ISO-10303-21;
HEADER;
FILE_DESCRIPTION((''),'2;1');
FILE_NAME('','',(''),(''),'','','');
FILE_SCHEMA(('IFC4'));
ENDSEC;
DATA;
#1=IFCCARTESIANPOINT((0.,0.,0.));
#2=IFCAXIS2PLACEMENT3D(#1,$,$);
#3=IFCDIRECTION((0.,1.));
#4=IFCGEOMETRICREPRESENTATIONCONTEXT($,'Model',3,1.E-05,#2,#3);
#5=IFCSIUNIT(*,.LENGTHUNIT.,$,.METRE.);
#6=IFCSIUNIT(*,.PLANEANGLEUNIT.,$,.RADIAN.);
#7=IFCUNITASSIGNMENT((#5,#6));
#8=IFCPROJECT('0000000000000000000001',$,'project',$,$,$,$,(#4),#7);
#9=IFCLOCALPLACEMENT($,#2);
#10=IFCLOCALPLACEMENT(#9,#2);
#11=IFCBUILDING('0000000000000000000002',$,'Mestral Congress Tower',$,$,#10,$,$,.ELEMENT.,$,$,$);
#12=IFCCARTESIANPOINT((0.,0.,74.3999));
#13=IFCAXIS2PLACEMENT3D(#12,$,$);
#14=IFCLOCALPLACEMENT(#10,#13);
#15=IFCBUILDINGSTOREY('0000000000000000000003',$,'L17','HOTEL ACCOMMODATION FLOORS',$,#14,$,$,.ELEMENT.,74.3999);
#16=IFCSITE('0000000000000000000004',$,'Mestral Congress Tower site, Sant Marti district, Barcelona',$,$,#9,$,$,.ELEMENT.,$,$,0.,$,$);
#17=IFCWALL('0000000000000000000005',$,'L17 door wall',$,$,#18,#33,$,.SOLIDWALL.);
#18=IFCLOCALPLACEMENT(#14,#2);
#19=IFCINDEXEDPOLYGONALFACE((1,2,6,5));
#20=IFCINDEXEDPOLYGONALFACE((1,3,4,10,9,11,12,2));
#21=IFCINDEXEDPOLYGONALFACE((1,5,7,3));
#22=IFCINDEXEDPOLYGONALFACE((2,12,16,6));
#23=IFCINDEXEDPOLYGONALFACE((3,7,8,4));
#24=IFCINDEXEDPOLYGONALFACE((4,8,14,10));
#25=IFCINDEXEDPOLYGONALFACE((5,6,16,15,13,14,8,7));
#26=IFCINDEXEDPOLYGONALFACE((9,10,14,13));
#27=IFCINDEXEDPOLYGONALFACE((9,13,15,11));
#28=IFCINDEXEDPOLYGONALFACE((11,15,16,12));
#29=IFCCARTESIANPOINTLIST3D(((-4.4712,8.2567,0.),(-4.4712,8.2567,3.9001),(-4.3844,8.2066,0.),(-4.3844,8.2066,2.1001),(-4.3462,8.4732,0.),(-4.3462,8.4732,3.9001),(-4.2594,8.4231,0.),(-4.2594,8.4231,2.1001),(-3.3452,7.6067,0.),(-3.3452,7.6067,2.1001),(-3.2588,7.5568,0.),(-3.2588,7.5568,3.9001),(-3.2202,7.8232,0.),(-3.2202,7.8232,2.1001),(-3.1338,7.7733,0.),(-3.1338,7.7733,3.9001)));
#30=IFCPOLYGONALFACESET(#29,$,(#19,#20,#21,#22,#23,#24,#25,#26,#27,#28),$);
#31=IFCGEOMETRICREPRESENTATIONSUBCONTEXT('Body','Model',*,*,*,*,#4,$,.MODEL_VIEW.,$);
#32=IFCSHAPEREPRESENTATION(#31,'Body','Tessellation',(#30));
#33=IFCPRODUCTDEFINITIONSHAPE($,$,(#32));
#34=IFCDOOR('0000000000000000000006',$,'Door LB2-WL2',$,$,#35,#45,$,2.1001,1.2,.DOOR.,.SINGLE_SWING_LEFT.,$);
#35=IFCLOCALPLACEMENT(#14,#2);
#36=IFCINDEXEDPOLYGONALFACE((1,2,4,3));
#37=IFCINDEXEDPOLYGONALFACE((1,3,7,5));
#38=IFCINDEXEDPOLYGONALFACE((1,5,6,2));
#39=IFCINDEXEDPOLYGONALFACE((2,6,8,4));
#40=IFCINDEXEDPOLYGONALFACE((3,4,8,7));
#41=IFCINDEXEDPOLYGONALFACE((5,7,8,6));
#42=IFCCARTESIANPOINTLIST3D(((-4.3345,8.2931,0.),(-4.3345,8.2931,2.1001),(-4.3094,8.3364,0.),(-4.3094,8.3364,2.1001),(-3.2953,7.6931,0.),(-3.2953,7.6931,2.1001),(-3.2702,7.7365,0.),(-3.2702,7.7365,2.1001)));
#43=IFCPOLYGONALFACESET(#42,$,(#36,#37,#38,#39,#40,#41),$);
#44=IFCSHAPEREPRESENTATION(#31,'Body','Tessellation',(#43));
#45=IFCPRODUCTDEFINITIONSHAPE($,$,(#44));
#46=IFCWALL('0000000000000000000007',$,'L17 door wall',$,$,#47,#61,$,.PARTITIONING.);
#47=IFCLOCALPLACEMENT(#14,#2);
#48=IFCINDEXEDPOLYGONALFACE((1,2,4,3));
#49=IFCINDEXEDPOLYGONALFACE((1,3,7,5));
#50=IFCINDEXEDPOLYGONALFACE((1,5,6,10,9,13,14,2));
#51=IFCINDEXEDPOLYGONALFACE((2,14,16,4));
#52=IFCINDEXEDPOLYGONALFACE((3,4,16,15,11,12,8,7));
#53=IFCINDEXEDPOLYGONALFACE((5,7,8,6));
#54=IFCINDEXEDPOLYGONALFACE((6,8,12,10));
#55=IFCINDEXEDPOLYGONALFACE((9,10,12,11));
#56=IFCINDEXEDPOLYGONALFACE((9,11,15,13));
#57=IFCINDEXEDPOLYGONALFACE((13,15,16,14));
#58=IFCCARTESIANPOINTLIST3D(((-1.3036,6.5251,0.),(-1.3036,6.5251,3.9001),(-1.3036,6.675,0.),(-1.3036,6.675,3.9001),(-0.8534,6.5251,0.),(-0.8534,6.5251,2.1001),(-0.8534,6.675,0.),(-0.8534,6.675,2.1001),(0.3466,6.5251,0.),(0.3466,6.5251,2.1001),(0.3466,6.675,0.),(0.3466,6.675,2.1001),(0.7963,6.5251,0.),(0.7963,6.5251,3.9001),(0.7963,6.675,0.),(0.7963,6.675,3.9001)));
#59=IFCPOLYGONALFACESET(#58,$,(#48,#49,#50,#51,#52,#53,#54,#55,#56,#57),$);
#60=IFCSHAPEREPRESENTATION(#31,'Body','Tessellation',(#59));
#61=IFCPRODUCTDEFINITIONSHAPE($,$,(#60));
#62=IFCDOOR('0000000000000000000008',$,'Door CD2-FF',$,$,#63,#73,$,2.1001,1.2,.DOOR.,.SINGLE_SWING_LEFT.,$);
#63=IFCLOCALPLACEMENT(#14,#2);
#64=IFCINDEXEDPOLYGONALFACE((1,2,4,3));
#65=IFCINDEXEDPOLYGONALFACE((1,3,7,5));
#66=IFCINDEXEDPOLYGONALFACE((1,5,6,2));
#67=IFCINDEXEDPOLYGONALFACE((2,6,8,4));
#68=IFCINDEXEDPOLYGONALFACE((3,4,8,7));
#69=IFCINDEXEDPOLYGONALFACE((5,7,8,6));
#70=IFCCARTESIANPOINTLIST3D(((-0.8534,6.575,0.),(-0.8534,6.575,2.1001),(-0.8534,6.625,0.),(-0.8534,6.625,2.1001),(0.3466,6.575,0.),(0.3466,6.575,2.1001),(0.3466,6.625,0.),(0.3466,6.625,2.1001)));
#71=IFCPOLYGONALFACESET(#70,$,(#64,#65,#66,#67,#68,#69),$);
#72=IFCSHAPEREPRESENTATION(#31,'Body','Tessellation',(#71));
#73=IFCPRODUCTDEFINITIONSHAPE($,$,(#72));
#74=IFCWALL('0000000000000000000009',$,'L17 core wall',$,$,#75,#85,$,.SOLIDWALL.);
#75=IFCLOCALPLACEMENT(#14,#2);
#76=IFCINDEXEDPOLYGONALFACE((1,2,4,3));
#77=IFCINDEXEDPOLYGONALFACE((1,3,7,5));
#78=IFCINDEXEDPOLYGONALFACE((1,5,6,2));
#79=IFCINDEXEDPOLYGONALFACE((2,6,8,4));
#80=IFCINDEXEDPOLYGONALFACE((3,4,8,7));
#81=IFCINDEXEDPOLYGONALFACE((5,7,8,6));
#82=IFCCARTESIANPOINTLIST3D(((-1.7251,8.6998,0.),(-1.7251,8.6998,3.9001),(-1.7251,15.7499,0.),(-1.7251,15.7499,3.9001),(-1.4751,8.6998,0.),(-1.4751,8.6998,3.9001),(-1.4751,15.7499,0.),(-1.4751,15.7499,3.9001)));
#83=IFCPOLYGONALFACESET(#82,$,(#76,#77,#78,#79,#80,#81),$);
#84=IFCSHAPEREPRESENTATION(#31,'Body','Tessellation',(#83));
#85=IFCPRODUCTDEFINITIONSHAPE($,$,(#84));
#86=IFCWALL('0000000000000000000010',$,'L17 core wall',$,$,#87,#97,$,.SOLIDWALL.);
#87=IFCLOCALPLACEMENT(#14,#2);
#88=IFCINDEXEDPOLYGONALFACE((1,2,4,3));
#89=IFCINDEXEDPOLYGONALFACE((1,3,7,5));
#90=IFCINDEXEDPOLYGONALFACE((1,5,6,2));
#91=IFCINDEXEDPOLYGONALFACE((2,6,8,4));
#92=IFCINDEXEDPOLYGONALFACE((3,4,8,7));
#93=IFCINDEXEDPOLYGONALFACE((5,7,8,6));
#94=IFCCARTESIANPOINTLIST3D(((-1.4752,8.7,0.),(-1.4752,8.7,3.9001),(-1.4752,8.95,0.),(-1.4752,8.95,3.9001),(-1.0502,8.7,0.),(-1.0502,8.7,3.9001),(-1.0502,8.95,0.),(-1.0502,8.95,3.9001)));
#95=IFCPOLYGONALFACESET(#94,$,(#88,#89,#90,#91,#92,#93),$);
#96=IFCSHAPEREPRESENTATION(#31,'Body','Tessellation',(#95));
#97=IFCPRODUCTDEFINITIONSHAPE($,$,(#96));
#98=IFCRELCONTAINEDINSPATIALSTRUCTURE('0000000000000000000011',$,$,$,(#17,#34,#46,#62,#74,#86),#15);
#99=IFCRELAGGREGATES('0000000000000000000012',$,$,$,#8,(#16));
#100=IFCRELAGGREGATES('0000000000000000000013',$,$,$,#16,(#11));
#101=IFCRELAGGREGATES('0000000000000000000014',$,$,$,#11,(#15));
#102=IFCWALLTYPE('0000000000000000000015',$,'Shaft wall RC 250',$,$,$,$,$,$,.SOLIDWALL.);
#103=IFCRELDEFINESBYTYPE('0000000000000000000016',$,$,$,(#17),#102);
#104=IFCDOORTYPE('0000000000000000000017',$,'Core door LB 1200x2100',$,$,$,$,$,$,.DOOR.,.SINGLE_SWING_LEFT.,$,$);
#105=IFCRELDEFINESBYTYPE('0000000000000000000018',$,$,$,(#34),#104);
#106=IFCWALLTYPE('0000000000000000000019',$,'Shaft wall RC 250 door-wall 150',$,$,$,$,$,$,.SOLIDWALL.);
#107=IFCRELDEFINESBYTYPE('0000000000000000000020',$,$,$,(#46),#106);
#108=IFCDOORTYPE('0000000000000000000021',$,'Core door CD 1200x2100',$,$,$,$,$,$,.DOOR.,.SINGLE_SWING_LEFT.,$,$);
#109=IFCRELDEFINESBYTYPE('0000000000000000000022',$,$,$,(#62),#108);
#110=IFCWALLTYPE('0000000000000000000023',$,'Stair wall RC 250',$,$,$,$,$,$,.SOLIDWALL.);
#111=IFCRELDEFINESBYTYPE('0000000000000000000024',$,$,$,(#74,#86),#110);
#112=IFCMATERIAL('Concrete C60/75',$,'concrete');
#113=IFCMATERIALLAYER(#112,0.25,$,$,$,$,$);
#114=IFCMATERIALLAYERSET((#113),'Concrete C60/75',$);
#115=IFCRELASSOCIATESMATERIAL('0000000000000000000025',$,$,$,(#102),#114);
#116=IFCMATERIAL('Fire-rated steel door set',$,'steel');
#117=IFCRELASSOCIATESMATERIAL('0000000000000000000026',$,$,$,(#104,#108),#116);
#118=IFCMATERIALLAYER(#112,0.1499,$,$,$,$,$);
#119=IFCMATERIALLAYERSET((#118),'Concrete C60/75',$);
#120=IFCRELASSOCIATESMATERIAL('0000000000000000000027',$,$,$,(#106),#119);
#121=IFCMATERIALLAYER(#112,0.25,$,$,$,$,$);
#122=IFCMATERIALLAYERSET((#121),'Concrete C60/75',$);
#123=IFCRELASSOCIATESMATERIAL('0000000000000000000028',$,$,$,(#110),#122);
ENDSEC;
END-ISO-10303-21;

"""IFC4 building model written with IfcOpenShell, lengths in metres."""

from ifc_helpers import new_model, si_unit, direction, frame, frame_2d, origin, place, context, subcontext, project, spatial, rectangle, extrude, material, layer, layer_set, type_object, element, fill, save


model = new_model("IFC4")

# Units and contexts
model_context = context("Model", 3, precision=1e-05, world=origin(), true_north=direction((0.0, 1.0)))
body_context = subcontext(model_context, "Body", "Model", "MODEL_VIEW")
ifc_project = project(units=[si_unit("LENGTHUNIT", "METRE"), si_unit("PLANEANGLEUNIT", "RADIAN")], contexts=[model_context])

# Site, building, storey
site_placement = place(None, origin())
site = spatial("IfcSite", under=ifc_project, at=site_placement, Name="Mestral Congress Tower site, Sant Marti district, Barcelona", CompositionType="ELEMENT", RefElevation=0.0)
building_placement = place(site_placement, origin())
building = spatial("IfcBuilding", under=site, at=building_placement, Name="Mestral Congress Tower", CompositionType="ELEMENT")
storey_placement = place(building_placement, frame((0.0, 0.0, 74.3999)))
storey = spatial("IfcBuildingStorey", under=building, at=storey_placement, Name="L17", Description="HOTEL ACCOMMODATION FLOORS", CompositionType="ELEMENT", Elevation=74.3999)

# Shared definitions
ifc_material_1 = material(Name="Fire-rated steel door set", Category="steel")

# Shared definitions
ifc_material_2 = material(Name="Concrete C60/75", Category="concrete")
ifc_layer_1 = layer(ifc_material_2, 0.25)
ifc_layer_set_1 = layer_set([ifc_layer_1], Name="Concrete C60/75")
wall_type_1 = type_object("IfcWallType", Name="Shaft wall RC 250", PredefinedType="SOLIDWALL", material=ifc_layer_set_1)

# Walls, openings, doors
wall_1_placement = place(storey_placement, frame((-4.4087, 8.365, 0.0), z_axis=(0.0, 0.0, 1.0), x_axis=(0.866035, -0.499984, 0.0)))
wall_1 = element("IfcWall", 1, at=wall_1_placement, inside=storey, type_object=wall_type_1, Name="L17 door wall", PredefinedType="SOLIDWALL", context=body_context, shape_type="SweptSolid", body=[
    extrude(rectangle(XDim=1.3999, YDim=0.25, at=frame_2d((0.7, 0.0))), origin(), (0.0, 0.0, 1.0), 3.9001),
])
opening_1_placement = place(wall_1_placement, frame((0.1001, 0.0, 0.0)))
opening_1 = element("IfcOpeningElement", 2, at=opening_1_placement, cuts=wall_1, PredefinedType="OPENING", context=body_context, shape_type="SweptSolid", body=[
    extrude(rectangle(XDim=1.2, YDim=2.1001, at=frame_2d((0.6001, 1.05))), frame((0.0, 0.135, 0.0), z_axis=(0.0, -1.0, 0.0), x_axis=(1.0, 0.0, 0.0)), (0.0, 0.0, 1.0), 0.27),
])
door_type_1 = type_object("IfcDoorType", Name="Core door LB 1200x2100", OperationType="SINGLE_SWING_LEFT", PredefinedType="DOOR", material=ifc_material_1)
door_1_placement = place(opening_1_placement, origin())
door_1 = element("IfcDoor", 3, at=door_1_placement, inside=storey, type_object=door_type_1, Name="Door LB2-WL2", OperationType="SINGLE_SWING_LEFT", OverallHeight=2.1001, OverallWidth=1.2, PredefinedType="DOOR", context=body_context, shape_type="SweptSolid", body=[
    extrude(rectangle(XDim=1.2, YDim=2.1001, at=frame_2d((0.6001, 1.05))), frame((0.0, 0.0249, 0.0), z_axis=(0.0, -1.0, 0.0), x_axis=(1.0, 0.0, 0.0)), (0.0, 0.0, 1.0), 0.05),
])
fill(opening_1, door_1)
ifc_layer_2 = layer(ifc_material_2, 0.1499)
ifc_layer_set_2 = layer_set([ifc_layer_2], Name="Concrete C60/75")
wall_type_2 = type_object("IfcWallType", Name="Shaft wall RC 250 door-wall 150", PredefinedType="SOLIDWALL", material=ifc_layer_set_2)
wall_2_placement = place(storey_placement, frame((-1.3035, 6.6001, 0.0), z_axis=(0.0, 0.0, 1.0), x_axis=(1.0, 0.0, 0.0)))
wall_2 = element("IfcWall", 4, at=wall_2_placement, inside=storey, type_object=wall_type_2, Name="L17 door wall", PredefinedType="PARTITIONING", context=body_context, shape_type="SweptSolid", body=[
    extrude(rectangle(XDim=2.0999, YDim=0.1499, at=frame_2d((1.0498, 0.0))), origin(), (0.0, 0.0, 1.0), 3.9001),
])
opening_2_placement = place(wall_2_placement, frame((0.45, 0.0, 0.0)))
opening_2 = element("IfcOpeningElement", 5, at=opening_2_placement, cuts=wall_2, PredefinedType="OPENING", context=body_context, shape_type="SweptSolid", body=[
    extrude(rectangle(XDim=1.2, YDim=2.1001, at=frame_2d((0.6001, 1.05))), frame((0.0, 0.085, 0.0), z_axis=(0.0, -1.0, 0.0), x_axis=(1.0, 0.0, 0.0)), (0.0, 0.0, 1.0), 0.1699),
])
door_type_2 = type_object("IfcDoorType", Name="Core door CD 1200x2100", OperationType="SINGLE_SWING_LEFT", PredefinedType="DOOR", material=ifc_material_1)
door_2_placement = place(opening_2_placement, origin())
door_2 = element("IfcDoor", 6, at=door_2_placement, inside=storey, type_object=door_type_2, Name="Door CD2-FF", OperationType="SINGLE_SWING_LEFT", OverallHeight=2.1001, OverallWidth=1.2, PredefinedType="DOOR", context=body_context, shape_type="SweptSolid", body=[
    extrude(rectangle(XDim=1.2, YDim=2.1001, at=frame_2d((0.6001, 1.05))), frame((0.0, 0.0249, 0.0), z_axis=(0.0, -1.0, 0.0), x_axis=(1.0, 0.0, 0.0)), (0.0, 0.0, 1.0), 0.05),
])
fill(opening_2, door_2)

# Walls
ifc_layer_3 = layer(ifc_material_2, 0.25)
ifc_layer_set_3 = layer_set([ifc_layer_3], Name="Concrete C60/75")
wall_type_3 = type_object("IfcWallType", Name="Stair wall RC 250", PredefinedType="SOLIDWALL", material=ifc_layer_set_3)
wall_3_placement = place(storey_placement, frame((-1.6001, 8.7, 0.0), z_axis=(0.0, 0.0, 1.0), x_axis=(0.0, 1.0, 0.0)))
element("IfcWall", 7, at=wall_3_placement, inside=storey, type_object=wall_type_3, Name="L17 core wall", PredefinedType="SOLIDWALL", context=body_context, shape_type="SweptSolid", body=[
    extrude(rectangle(XDim=7.05, YDim=0.25, at=frame_2d((3.5249, 0.0))), origin(), (0.0, 0.0, 1.0), 3.9001),
])
wall_4_placement = place(storey_placement, frame((-1.4751, 8.825, 0.0), z_axis=(0.0, 0.0, 1.0), x_axis=(1.0, 0.0, 0.0)))
element("IfcWall", 8, at=wall_4_placement, inside=storey, type_object=wall_type_3, Name="L17 core wall", PredefinedType="SOLIDWALL", context=body_context, shape_type="SweptSolid", body=[
    extrude(rectangle(XDim=0.425, YDim=0.25, at=frame_2d((0.2124, 0.0))), origin(), (0.0, 0.0, 1.0), 3.9001),
])

save(model, "model.ifc")
